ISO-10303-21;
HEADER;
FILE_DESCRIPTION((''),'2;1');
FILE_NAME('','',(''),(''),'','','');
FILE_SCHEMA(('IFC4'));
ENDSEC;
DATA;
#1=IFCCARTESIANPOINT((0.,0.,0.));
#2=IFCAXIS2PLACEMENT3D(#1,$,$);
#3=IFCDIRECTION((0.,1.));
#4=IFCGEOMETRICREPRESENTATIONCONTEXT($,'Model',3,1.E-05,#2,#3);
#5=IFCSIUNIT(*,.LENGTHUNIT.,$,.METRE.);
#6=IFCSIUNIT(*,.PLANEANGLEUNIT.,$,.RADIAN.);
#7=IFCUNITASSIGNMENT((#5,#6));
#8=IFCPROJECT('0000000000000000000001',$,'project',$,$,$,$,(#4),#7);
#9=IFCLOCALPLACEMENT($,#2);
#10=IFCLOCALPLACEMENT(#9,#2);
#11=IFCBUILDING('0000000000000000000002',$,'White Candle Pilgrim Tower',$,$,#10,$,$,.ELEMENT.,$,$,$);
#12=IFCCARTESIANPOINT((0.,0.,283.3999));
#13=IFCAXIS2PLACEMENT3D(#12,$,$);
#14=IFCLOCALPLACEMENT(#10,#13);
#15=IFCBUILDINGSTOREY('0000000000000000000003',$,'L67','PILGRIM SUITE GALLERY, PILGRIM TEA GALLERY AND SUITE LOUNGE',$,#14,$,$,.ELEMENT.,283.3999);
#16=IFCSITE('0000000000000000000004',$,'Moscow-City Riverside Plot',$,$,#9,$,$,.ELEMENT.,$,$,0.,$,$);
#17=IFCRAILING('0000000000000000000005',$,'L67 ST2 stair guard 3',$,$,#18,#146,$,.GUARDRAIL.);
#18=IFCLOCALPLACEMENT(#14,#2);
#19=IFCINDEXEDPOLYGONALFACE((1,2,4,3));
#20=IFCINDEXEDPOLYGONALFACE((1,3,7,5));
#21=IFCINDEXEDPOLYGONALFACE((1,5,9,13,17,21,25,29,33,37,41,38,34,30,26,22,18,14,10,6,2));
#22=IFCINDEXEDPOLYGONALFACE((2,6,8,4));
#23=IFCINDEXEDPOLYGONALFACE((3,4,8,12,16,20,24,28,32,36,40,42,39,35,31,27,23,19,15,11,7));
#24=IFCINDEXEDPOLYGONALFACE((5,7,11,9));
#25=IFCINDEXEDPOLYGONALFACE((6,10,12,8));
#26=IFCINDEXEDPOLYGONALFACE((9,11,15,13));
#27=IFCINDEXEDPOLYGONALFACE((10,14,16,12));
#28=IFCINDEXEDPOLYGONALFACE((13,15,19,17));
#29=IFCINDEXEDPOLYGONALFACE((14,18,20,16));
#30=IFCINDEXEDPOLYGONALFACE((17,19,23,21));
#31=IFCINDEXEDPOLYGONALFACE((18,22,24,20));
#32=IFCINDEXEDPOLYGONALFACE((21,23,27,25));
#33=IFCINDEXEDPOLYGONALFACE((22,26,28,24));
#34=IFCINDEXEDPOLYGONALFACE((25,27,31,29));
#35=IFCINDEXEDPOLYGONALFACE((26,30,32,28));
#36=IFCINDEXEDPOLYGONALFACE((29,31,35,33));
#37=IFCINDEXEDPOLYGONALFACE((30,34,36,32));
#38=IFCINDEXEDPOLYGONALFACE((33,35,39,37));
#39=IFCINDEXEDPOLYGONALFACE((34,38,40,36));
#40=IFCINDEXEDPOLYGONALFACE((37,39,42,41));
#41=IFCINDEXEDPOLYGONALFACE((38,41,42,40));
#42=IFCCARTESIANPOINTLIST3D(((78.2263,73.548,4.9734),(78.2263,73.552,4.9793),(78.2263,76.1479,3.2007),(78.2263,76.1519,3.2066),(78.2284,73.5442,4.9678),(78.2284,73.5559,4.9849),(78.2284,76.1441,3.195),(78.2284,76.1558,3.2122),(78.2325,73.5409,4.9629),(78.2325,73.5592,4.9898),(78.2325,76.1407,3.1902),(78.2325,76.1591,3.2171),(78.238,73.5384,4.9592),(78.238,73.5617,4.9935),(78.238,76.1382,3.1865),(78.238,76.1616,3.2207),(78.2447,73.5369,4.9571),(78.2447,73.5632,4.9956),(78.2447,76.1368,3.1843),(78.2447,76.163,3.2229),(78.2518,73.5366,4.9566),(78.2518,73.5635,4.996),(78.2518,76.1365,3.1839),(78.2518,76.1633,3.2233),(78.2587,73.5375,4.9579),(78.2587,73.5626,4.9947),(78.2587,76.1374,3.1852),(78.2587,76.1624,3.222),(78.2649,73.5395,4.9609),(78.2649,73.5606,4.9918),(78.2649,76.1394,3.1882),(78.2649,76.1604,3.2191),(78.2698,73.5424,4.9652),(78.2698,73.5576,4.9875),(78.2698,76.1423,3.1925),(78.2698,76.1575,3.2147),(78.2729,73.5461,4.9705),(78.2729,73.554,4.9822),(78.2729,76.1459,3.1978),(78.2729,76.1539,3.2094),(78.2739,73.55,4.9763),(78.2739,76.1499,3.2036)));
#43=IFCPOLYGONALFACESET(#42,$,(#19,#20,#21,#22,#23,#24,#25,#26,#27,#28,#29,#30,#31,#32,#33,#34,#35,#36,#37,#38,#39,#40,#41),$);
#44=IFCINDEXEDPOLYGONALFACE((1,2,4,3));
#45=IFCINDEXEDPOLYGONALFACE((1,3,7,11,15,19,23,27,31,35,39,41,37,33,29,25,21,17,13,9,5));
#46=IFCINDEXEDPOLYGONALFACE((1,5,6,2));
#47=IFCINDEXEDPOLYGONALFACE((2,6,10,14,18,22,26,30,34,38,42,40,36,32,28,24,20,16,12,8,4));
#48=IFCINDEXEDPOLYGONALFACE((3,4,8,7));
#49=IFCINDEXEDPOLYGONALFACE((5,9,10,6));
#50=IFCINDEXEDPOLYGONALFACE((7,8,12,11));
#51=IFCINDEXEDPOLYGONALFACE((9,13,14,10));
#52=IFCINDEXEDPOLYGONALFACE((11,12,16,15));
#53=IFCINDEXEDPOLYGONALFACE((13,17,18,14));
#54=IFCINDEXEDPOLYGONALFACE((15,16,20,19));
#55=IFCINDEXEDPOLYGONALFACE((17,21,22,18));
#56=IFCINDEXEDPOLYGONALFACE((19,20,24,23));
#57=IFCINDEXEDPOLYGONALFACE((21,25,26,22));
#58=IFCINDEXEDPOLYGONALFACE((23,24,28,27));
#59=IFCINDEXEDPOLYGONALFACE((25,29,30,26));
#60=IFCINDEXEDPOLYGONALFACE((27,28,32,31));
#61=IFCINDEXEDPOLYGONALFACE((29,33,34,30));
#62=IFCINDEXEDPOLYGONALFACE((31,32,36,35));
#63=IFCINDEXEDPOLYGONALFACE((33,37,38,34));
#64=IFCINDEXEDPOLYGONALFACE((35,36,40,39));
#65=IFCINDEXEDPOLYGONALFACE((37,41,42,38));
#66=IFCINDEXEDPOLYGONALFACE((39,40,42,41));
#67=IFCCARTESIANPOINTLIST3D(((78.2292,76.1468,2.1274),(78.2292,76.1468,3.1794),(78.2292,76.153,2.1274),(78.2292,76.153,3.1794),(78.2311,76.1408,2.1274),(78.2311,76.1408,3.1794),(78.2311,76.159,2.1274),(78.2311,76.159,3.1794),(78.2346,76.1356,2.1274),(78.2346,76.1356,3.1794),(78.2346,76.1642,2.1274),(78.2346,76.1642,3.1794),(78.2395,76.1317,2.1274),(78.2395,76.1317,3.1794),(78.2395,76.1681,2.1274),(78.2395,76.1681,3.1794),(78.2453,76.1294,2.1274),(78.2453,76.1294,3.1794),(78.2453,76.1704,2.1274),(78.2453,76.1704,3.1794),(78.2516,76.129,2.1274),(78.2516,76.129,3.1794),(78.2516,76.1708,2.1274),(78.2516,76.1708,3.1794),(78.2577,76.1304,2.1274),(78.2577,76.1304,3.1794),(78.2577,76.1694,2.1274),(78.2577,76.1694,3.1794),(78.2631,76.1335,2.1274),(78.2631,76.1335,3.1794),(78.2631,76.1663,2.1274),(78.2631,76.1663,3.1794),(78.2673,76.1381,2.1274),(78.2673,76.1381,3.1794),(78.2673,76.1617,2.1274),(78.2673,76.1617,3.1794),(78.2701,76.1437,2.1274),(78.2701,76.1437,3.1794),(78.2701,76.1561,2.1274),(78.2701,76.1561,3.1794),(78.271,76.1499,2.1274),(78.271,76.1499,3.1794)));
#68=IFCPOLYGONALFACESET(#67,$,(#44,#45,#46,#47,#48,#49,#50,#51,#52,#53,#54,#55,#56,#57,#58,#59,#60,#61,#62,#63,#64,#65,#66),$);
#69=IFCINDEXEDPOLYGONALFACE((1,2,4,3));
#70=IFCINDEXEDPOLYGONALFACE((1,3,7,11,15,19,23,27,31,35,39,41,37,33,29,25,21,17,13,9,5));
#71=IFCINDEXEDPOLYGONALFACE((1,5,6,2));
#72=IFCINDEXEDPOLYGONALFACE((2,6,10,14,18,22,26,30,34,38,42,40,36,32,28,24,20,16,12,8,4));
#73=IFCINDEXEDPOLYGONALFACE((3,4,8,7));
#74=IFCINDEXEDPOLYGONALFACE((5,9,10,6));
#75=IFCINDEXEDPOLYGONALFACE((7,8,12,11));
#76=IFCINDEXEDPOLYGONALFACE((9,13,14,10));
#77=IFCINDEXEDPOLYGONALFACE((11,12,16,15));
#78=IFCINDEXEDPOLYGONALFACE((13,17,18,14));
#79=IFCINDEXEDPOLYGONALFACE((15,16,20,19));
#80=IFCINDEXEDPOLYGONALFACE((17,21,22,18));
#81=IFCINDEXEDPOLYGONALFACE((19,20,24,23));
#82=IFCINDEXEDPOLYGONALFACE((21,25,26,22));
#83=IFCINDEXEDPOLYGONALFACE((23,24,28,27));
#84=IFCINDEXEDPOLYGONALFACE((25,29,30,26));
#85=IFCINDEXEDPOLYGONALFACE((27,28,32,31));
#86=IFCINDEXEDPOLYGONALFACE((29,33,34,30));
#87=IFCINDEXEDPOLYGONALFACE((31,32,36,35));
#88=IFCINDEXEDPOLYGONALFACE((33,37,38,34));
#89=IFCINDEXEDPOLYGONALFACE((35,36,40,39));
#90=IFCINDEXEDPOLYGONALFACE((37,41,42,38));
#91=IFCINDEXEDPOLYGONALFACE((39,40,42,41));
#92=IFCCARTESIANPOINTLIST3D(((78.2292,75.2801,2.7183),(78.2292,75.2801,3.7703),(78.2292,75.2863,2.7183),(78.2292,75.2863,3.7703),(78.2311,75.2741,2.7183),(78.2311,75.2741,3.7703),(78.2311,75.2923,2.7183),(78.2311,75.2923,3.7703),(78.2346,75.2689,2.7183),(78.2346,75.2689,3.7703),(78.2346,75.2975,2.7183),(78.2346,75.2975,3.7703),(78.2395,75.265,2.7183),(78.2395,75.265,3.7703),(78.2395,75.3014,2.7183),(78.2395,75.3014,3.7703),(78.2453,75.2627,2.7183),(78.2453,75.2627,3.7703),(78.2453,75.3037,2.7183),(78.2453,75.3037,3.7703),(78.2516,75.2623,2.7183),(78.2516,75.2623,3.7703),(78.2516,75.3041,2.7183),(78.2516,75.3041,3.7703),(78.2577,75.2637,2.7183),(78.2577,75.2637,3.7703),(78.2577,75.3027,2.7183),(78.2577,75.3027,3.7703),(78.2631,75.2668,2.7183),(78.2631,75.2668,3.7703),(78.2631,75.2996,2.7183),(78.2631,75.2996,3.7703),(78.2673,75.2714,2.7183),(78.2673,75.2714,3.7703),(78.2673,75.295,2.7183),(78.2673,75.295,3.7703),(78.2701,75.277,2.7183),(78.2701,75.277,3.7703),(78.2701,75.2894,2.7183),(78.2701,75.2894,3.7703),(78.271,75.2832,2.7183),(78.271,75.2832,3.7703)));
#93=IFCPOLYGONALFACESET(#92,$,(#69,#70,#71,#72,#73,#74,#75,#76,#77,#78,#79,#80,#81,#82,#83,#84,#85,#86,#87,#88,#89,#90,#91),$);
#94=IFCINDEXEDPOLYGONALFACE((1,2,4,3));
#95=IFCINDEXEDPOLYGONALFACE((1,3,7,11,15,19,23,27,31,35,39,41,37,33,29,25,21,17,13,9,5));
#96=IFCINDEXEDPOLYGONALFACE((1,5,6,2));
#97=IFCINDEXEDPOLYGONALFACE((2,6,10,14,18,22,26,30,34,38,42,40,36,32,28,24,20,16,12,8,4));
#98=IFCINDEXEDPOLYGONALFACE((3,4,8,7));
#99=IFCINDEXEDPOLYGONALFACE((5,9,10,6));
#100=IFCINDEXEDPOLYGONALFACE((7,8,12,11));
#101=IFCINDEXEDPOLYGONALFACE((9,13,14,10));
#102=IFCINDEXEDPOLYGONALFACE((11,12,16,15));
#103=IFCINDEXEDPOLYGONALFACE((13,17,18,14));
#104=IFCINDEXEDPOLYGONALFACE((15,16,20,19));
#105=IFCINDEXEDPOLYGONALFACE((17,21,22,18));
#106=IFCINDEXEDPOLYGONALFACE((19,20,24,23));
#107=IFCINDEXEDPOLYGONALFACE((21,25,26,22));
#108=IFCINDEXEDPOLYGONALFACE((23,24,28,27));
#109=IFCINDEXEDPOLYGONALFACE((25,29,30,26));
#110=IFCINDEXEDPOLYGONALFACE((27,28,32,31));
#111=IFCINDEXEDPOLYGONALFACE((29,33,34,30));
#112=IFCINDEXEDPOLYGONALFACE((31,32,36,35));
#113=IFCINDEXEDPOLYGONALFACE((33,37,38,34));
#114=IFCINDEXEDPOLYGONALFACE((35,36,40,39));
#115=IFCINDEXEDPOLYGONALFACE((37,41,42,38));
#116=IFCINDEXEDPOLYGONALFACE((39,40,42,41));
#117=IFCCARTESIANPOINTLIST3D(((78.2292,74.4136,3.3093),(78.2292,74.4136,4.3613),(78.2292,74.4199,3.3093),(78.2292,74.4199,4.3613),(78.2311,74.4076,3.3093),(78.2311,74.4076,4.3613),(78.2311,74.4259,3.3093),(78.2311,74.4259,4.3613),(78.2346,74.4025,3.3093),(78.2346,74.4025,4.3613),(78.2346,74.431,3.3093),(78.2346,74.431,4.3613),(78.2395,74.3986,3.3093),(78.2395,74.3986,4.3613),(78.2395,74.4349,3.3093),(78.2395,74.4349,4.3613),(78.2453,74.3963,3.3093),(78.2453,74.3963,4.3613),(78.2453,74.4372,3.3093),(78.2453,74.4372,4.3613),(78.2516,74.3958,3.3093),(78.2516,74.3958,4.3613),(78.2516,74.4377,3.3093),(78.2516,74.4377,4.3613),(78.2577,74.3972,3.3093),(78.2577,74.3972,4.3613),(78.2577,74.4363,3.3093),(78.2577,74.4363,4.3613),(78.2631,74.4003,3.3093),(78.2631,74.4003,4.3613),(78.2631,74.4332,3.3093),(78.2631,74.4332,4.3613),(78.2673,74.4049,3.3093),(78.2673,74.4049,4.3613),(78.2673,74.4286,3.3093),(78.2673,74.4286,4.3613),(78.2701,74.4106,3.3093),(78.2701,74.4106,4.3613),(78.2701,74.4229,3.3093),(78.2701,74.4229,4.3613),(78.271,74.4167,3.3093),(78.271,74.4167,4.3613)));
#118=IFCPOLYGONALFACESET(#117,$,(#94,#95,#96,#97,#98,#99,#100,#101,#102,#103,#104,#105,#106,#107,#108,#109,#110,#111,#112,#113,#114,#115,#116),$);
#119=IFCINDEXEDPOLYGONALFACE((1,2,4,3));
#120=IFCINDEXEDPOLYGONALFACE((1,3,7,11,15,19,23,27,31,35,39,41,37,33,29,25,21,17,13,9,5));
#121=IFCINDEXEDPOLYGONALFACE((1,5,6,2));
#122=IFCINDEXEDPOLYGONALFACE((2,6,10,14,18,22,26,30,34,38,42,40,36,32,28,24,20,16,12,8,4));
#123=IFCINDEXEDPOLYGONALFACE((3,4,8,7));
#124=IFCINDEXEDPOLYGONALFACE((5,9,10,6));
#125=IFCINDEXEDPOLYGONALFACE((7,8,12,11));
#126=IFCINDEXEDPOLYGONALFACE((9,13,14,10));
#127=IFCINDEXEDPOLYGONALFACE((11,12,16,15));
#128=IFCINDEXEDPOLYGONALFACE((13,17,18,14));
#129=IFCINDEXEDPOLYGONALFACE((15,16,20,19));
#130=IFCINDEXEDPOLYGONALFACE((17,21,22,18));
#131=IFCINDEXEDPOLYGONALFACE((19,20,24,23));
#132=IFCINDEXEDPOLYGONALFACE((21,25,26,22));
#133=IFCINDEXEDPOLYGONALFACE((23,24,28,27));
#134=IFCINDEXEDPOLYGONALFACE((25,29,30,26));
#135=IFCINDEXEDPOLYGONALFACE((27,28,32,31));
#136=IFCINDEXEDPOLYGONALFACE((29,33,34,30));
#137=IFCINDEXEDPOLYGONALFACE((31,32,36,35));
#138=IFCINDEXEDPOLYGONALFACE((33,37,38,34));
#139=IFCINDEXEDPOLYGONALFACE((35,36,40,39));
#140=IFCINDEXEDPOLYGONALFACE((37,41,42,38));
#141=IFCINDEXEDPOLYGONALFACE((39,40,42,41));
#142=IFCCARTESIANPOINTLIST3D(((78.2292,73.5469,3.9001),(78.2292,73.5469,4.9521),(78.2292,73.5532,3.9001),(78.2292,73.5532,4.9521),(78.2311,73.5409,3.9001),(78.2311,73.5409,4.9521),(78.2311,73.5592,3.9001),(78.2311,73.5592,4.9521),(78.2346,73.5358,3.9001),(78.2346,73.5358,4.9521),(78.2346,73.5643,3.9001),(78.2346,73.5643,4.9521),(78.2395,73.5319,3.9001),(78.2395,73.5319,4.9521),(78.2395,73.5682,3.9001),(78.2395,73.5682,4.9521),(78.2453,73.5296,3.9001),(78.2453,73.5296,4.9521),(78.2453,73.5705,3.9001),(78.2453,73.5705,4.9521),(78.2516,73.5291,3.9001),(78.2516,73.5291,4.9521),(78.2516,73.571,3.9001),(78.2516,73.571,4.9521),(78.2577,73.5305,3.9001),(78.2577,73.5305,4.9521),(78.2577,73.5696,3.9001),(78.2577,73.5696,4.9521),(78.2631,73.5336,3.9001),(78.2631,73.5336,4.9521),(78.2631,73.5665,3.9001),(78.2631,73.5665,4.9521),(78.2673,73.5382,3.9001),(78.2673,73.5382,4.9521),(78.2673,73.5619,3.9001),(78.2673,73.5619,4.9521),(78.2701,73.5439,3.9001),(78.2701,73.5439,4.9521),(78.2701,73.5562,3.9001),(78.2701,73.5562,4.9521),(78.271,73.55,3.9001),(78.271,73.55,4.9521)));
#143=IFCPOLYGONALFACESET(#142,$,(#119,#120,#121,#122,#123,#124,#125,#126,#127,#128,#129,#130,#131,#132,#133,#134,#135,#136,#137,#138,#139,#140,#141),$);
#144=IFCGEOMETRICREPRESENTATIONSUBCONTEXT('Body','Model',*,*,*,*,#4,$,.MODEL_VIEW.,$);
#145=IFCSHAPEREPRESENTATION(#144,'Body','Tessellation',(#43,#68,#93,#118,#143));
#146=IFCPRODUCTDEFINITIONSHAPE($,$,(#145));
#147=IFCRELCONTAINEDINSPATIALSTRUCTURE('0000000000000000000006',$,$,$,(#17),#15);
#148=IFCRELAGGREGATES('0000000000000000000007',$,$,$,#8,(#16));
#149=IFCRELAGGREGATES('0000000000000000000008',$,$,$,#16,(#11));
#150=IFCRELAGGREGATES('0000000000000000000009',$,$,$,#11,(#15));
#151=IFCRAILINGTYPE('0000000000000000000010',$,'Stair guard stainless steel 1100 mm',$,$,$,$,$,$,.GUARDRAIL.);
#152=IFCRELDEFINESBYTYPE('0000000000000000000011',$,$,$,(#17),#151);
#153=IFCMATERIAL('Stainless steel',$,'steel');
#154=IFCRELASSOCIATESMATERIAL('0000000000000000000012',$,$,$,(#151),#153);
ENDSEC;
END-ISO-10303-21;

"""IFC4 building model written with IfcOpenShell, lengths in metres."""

from ifc_helpers import new_model, si_unit, direction, frame, origin, origin_2d, place, context, subcontext, project, spatial, circle, extrude, material, type_object, element, save


model = new_model("IFC4")

# Units and contexts
model_context = context("Model", 3, precision=1e-05, world=origin(), true_north=direction((0.0, 1.0)))
body_context = subcontext(model_context, "Body", "Model", "MODEL_VIEW")
ifc_project = project(units=[si_unit("LENGTHUNIT", "METRE"), si_unit("PLANEANGLEUNIT", "RADIAN")], contexts=[model_context])

# Site, building, storey
site_placement = place(None, origin())
site = spatial("IfcSite", under=ifc_project, at=site_placement, Name="Moscow-City Riverside Plot", CompositionType="ELEMENT", RefElevation=0.0)
building_placement = place(site_placement, origin())
building = spatial("IfcBuilding", under=site, at=building_placement, Name="White Candle Pilgrim Tower", CompositionType="ELEMENT")
storey_placement = place(building_placement, frame((0.0, 0.0, 283.3999)))
storey = spatial("IfcBuildingStorey", under=building, at=storey_placement, Name="L67", Description="PILGRIM SUITE GALLERY, PILGRIM TEA GALLERY AND SUITE LOUNGE", CompositionType="ELEMENT", Elevation=283.3999)

# Railing
ifc_material_1 = material(Name="Stainless steel", Category="steel")
railing_type = type_object("IfcRailingType", Name="Stair guard stainless steel 1100 mm", PredefinedType="GUARDRAIL", material=ifc_material_1)
railing_1_placement = place(storey_placement, frame((78.25, 76.1499, 2.1274)))
element("IfcRailing", 1, at=railing_1_placement, inside=storey, type_object=railing_type, Name="L67 ST2 stair guard 3", PredefinedType="GUARDRAIL", context=body_context, shape_type="SweptSolid", body=[
    extrude(circle(Radius=0.0239, at=origin_2d()), frame((0.0, 0.0, 1.0762), z_axis=(0.0, -0.826216, 0.563354), x_axis=(1.0, 0.0, 0.0)), (0.0, 0.0, 1.0), 3.1467),
    extrude(circle(Radius=0.021, at=origin_2d()), origin(), (0.0, 0.0, 1.0), 1.052),
    extrude(circle(Radius=0.021, at=origin_2d()), frame((0.0, -0.8667, 0.5908)), (0.0, 0.0, 1.0), 1.052),
    extrude(circle(Radius=0.021, at=origin_2d()), frame((0.0, -1.7332, 1.1819)), (0.0, 0.0, 1.0), 1.052),
    extrude(circle(Radius=0.021, at=origin_2d()), frame((0.0, -2.5999, 1.7727)), (0.0, 0.0, 1.0), 1.052),
])

save(model, "model.ifc")
